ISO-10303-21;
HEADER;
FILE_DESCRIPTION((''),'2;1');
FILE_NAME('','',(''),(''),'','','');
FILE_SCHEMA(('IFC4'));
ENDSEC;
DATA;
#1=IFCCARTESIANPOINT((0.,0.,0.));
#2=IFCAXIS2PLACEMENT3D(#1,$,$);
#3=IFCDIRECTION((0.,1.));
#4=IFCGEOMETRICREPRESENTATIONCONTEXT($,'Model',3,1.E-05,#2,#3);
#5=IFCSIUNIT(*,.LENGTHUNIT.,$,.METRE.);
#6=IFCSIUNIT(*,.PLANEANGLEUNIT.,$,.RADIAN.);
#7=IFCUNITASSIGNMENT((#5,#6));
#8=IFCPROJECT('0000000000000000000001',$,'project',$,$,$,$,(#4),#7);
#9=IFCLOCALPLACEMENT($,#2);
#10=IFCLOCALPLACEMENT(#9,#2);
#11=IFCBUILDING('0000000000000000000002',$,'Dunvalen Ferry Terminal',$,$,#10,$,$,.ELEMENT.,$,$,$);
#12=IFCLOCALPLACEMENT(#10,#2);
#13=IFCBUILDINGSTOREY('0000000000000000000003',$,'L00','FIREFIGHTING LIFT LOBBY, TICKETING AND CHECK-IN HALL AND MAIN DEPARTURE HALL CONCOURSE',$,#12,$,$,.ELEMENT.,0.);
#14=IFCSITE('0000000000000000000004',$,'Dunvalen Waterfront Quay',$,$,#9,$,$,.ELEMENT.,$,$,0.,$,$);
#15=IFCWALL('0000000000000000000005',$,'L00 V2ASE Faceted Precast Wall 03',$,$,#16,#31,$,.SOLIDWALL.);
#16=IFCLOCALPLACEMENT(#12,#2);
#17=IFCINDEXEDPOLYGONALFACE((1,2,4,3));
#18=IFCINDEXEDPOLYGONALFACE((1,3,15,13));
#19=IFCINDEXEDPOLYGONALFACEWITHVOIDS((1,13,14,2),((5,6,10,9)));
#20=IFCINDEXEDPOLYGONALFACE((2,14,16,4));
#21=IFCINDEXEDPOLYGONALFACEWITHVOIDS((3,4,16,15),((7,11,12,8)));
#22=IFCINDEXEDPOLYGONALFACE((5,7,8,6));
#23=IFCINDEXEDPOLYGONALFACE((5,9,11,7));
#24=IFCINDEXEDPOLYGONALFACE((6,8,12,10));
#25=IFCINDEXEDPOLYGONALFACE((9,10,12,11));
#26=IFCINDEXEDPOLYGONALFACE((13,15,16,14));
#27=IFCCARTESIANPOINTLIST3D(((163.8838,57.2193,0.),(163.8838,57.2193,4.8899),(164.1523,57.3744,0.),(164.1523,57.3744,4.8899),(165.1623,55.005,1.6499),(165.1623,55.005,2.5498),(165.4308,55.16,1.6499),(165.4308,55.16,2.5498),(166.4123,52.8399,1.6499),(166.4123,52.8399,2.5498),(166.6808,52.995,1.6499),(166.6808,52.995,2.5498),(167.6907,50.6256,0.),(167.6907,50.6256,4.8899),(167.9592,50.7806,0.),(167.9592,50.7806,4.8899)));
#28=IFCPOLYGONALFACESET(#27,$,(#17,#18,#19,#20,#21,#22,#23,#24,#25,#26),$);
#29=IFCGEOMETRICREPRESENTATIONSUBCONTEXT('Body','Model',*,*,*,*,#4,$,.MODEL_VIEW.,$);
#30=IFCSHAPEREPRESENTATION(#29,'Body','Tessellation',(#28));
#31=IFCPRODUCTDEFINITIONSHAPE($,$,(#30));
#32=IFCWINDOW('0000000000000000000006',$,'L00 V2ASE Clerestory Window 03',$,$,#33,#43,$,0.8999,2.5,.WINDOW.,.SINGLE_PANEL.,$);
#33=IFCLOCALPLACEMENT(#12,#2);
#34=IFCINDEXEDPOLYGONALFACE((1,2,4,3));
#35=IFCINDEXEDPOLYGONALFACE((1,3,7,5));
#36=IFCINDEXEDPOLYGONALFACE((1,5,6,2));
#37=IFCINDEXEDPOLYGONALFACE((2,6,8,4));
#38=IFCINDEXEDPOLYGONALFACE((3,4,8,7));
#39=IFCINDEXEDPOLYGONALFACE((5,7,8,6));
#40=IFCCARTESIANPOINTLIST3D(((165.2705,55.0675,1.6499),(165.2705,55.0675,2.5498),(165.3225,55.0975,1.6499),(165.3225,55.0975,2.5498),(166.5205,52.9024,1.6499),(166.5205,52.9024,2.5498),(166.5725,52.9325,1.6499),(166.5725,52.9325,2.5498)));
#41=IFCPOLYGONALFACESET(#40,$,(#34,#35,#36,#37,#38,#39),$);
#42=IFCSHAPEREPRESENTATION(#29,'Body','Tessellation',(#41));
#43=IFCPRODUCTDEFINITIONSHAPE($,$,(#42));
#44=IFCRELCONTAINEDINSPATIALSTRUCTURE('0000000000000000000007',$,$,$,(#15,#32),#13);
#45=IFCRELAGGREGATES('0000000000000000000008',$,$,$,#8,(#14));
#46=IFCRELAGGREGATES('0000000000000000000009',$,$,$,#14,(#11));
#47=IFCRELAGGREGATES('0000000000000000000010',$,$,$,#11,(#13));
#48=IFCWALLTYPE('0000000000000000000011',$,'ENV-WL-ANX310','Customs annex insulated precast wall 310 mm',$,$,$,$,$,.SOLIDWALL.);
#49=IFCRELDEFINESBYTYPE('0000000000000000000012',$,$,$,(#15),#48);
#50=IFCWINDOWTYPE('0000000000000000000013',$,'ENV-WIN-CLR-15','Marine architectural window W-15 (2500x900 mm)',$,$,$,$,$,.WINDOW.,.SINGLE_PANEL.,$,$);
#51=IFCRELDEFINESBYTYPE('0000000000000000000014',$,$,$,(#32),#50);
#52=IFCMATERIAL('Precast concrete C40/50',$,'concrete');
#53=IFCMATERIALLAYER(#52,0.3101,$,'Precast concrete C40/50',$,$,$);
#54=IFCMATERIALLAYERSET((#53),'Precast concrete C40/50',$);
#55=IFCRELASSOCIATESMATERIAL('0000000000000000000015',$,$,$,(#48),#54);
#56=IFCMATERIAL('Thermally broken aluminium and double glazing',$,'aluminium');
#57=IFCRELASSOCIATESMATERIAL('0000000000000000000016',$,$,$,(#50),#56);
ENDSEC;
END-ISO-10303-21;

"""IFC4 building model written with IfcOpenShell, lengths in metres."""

from ifc_helpers import new_model, si_unit, direction, frame, frame_2d, origin, place, context, subcontext, project, spatial, rectangle, extrude, material, layer, layer_set, type_object, element, fill, save


model = new_model("IFC4")

# Units and contexts
model_context = context("Model", 3, precision=1e-05, world=origin(), true_north=direction((0.0, 1.0)))
body_context = subcontext(model_context, "Body", "Model", "MODEL_VIEW")
ifc_project = project(units=[si_unit("LENGTHUNIT", "METRE"), si_unit("PLANEANGLEUNIT", "RADIAN")], contexts=[model_context])

# Site, building, storey
site_placement = place(None, origin())
site = spatial("IfcSite", under=ifc_project, at=site_placement, Name="Dunvalen Waterfront Quay", CompositionType="ELEMENT", RefElevation=0.0)
building_placement = place(site_placement, origin())
building = spatial("IfcBuilding", under=site, at=building_placement, Name="Dunvalen Ferry Terminal", CompositionType="ELEMENT")
storey_placement = place(building_placement, origin())
storey = spatial("IfcBuildingStorey", under=building, at=storey_placement, Name="L00", Description="FIREFIGHTING LIFT LOBBY, TICKETING AND CHECK-IN HALL AND MAIN DEPARTURE HALL CONCOURSE", CompositionType="ELEMENT", Elevation=0.0)

# Wall, opening, window
ifc_material_1 = material(Name="Precast concrete C40/50", Category="concrete")
ifc_layer_1 = layer(ifc_material_1, 0.3101, Name="Precast concrete C40/50")
ifc_layer_set_1 = layer_set([ifc_layer_1], Name="Precast concrete C40/50")
wall_type = type_object("IfcWallType", Name="ENV-WL-ANX310", Description="Customs annex insulated precast wall 310 mm", PredefinedType="SOLIDWALL", material=ifc_layer_set_1)
wall_placement = place(storey_placement, frame((167.825, 50.7031, 0.0), z_axis=(0.0, 0.0, 1.0), x_axis=(-0.499998, 0.866026, 0.0)))
wall = element("IfcWall", 1, at=wall_placement, inside=storey, type_object=wall_type, Name="L00 V2ASE Faceted Precast Wall 03", PredefinedType="SOLIDWALL", context=body_context, shape_type="SweptSolid", body=[
    extrude(rectangle(XDim=7.6138, YDim=0.3101, at=frame_2d((3.8069, 0.0))), origin(), (0.0, 0.0, 1.0), 4.8899),
])
opening_placement = place(wall_placement, frame((2.5569, 0.0, 1.6499)))
opening = element("IfcOpeningElement", 2, at=opening_placement, cuts=wall, PredefinedType="OPENING", context=body_context, shape_type="SweptSolid", body=[
    extrude(rectangle(XDim=2.5, YDim=0.8999, at=frame_2d((1.25, 0.45))), frame((0.0, 0.165, 0.0), z_axis=(0.0, -1.0, 0.0), x_axis=(1.0, 0.0, 0.0)), (0.0, 0.0, 1.0), 0.3301),
])
ifc_material_2 = material(Name="Thermally broken aluminium and double glazing", Category="aluminium")
window_type = type_object("IfcWindowType", Name="ENV-WIN-CLR-15", Description="Marine architectural window W-15 (2500x900 mm)", PartitioningType="SINGLE_PANEL", PredefinedType="WINDOW", material=ifc_material_2)
window_placement = place(opening_placement, origin())
window = element("IfcWindow", 3, at=window_placement, inside=storey, type_object=window_type, Name="L00 V2ASE Clerestory Window 03", OverallHeight=0.8999, OverallWidth=2.5, PartitioningType="SINGLE_PANEL", PredefinedType="WINDOW", context=body_context, shape_type="SweptSolid", body=[
    extrude(rectangle(XDim=2.5, YDim=0.8999, at=frame_2d((1.25, 0.45))), frame((0.0, 0.03, 0.0), z_axis=(0.0, -1.0, 0.0), x_axis=(1.0, 0.0, 0.0)), (0.0, 0.0, 1.0), 0.0601),
])
fill(opening, window)

save(model, "model.ifc")
